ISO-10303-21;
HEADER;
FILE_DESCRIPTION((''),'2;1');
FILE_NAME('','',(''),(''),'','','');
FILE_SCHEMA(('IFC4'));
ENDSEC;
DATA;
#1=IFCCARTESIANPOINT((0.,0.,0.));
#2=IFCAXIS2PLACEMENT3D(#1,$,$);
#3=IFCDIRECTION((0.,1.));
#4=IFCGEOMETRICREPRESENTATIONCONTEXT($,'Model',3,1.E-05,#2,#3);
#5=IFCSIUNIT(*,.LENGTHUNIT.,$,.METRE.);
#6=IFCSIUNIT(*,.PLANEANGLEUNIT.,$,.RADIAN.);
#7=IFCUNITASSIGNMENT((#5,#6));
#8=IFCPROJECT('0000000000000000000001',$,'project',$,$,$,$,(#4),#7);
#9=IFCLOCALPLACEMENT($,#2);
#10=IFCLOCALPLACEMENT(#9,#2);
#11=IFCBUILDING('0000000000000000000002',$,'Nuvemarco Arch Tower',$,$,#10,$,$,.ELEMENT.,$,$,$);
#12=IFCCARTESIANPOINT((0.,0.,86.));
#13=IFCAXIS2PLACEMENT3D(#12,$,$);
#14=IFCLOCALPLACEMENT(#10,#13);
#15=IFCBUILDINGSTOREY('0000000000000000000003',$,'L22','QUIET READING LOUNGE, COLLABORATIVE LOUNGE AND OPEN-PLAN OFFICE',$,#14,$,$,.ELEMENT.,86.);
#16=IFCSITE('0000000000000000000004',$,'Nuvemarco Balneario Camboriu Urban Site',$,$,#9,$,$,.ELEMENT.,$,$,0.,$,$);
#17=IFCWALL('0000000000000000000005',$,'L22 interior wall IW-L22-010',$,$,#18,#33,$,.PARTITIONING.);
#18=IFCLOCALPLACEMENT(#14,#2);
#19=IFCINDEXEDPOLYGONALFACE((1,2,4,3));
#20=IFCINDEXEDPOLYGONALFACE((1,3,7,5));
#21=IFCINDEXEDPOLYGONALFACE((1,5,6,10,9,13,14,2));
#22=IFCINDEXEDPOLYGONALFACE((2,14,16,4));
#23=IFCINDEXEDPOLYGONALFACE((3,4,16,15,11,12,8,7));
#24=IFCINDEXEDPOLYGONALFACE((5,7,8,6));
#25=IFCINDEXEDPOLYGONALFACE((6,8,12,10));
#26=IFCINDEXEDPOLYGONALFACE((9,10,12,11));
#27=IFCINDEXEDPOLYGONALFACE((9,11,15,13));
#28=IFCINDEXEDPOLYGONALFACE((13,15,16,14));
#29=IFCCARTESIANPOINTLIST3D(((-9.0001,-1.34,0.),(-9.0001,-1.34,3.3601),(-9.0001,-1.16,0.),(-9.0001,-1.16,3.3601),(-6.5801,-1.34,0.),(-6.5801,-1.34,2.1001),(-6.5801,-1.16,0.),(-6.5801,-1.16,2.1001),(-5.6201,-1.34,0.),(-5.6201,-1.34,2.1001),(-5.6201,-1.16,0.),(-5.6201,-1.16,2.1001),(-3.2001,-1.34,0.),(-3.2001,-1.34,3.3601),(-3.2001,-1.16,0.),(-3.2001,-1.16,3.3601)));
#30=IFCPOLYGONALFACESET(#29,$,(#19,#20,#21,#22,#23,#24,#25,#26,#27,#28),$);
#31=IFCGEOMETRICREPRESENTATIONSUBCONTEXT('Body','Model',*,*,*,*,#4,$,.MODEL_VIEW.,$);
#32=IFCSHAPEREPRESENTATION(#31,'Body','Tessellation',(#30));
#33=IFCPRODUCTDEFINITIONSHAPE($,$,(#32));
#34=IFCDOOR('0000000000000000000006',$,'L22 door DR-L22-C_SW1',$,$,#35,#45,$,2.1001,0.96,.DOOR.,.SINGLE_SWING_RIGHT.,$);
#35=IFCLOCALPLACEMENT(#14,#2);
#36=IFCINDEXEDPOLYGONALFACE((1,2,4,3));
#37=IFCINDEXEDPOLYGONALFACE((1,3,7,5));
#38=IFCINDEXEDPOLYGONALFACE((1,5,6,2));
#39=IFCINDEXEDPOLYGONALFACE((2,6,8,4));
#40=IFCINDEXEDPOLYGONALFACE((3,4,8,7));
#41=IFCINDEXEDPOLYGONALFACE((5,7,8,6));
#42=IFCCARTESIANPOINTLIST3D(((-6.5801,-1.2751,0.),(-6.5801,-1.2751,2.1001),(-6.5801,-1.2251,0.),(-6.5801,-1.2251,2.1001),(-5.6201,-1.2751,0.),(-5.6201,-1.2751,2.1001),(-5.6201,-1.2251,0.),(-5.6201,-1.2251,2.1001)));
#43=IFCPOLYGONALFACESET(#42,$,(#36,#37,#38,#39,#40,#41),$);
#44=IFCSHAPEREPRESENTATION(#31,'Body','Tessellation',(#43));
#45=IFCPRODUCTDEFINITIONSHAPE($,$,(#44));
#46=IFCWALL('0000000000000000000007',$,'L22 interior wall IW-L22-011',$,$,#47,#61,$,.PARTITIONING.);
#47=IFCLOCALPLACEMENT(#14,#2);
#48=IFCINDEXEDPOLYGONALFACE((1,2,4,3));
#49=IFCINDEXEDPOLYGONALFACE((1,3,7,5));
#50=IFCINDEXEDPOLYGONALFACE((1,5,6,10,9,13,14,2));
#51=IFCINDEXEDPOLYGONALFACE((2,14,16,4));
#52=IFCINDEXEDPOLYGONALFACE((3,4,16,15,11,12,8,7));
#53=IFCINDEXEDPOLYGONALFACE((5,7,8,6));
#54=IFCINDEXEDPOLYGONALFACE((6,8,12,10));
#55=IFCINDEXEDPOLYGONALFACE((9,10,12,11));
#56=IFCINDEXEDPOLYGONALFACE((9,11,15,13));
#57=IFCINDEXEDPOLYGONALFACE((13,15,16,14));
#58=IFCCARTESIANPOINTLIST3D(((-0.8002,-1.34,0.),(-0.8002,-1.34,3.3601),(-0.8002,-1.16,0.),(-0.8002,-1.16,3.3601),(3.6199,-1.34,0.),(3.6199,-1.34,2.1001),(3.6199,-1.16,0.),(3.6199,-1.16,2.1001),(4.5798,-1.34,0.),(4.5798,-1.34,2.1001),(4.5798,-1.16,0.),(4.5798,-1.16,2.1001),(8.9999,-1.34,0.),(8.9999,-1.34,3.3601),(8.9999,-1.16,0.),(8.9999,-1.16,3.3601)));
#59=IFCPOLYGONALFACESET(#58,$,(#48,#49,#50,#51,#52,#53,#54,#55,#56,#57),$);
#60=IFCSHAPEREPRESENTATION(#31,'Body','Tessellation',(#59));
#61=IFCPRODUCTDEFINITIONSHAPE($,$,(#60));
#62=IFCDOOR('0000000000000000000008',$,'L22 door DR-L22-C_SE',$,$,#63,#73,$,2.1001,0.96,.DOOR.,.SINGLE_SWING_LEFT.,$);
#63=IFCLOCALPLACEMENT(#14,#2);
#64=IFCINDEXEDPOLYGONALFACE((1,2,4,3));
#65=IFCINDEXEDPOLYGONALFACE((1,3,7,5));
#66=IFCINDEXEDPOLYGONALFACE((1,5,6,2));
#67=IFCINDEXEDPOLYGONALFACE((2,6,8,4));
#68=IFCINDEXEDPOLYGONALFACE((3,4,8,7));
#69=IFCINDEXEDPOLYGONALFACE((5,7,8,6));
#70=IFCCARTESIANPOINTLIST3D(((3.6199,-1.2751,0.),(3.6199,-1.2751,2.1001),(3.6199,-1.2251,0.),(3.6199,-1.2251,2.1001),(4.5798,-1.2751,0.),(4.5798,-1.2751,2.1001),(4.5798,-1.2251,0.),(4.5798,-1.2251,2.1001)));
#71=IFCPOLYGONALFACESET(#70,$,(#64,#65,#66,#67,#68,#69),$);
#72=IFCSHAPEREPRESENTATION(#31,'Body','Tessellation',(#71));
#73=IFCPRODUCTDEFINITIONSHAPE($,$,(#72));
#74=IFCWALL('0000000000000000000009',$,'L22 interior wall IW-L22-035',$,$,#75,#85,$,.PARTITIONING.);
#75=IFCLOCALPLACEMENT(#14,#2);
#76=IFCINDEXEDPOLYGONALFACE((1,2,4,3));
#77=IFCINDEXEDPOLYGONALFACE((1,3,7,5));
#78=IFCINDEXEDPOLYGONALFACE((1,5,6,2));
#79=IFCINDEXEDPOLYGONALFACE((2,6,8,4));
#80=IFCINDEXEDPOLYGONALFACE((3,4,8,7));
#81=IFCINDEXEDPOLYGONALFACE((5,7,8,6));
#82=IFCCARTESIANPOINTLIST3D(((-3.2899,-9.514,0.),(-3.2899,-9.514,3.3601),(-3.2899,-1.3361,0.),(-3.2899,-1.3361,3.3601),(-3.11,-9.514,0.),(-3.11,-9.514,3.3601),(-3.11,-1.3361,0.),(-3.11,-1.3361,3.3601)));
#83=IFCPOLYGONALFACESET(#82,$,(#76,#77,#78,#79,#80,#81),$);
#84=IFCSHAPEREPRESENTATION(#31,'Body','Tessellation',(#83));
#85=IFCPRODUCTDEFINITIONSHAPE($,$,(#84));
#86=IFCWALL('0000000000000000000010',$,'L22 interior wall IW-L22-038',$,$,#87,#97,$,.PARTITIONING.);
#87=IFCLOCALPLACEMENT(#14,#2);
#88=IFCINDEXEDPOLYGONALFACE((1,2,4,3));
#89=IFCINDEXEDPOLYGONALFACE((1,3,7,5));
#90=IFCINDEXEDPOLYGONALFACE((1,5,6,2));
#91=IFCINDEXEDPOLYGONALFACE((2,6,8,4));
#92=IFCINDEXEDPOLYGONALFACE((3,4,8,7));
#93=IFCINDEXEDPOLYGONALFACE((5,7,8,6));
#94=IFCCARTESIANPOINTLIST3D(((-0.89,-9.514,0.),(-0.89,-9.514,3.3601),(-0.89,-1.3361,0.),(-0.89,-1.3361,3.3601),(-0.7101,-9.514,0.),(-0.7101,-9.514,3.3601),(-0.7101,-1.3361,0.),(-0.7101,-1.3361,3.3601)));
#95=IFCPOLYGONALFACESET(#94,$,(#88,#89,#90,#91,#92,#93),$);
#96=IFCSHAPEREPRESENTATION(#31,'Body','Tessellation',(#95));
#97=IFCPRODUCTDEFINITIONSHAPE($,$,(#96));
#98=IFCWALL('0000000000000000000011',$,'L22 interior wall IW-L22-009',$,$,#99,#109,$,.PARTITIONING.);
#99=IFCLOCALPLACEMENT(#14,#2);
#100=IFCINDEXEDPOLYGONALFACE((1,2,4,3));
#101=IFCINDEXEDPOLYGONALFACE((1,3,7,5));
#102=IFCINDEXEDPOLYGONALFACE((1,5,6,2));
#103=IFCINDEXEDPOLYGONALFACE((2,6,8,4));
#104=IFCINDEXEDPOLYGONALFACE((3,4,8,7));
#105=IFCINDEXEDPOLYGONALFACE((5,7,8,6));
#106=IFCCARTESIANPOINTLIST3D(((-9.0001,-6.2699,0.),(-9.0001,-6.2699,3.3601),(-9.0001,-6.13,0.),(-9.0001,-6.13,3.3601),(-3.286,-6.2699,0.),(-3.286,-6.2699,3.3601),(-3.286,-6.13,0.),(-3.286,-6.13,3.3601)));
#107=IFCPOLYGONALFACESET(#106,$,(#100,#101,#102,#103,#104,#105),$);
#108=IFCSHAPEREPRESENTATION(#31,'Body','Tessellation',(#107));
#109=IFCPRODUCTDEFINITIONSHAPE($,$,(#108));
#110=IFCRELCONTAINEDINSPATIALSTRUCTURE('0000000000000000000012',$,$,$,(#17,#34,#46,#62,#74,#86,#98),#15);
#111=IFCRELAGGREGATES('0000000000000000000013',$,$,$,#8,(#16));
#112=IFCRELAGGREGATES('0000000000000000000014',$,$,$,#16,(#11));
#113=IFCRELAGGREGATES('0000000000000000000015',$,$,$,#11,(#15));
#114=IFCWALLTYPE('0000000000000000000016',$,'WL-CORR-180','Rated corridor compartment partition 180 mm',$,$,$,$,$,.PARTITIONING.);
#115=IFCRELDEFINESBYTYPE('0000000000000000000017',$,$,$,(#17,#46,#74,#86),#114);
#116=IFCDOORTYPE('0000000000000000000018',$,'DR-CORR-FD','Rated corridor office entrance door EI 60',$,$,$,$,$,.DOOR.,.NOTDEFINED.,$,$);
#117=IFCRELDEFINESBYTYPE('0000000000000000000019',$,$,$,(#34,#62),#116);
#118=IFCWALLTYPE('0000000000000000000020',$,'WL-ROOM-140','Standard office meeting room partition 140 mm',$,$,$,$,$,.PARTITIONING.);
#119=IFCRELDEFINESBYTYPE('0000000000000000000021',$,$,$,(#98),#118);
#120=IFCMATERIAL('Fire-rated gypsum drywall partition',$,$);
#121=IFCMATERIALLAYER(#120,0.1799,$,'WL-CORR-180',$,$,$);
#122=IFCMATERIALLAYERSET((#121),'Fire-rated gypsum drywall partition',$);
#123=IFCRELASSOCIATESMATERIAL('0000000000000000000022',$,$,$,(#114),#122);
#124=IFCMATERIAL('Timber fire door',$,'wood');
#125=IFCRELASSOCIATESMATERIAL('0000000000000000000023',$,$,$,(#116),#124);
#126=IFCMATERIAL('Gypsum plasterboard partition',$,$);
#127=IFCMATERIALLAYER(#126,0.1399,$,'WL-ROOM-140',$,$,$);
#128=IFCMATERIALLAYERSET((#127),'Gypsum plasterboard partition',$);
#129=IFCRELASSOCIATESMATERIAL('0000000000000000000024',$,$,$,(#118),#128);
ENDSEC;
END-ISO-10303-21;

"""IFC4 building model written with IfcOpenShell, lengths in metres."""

from ifc_helpers import new_model, si_unit, direction, frame, frame_2d, origin, place, context, subcontext, project, spatial, rectangle, extrude, source, transform, mapped, material, layer, layer_set, type_object, type_shapes, element, fill, save


model = new_model("IFC4")

# Units and contexts
model_context = context("Model", 3, precision=1e-05, world=origin(), true_north=direction((0.0, 1.0)))
body_context = subcontext(model_context, "Body", "Model", "MODEL_VIEW")
ifc_project = project(units=[si_unit("LENGTHUNIT", "METRE"), si_unit("PLANEANGLEUNIT", "RADIAN")], contexts=[model_context])

# Site, building, storey
site_placement = place(None, origin())
site = spatial("IfcSite", under=ifc_project, at=site_placement, Name="Nuvemarco Balneario Camboriu Urban Site", CompositionType="ELEMENT", RefElevation=0.0)
building_placement = place(site_placement, origin())
building = spatial("IfcBuilding", under=site, at=building_placement, Name="Nuvemarco Arch Tower", CompositionType="ELEMENT")
storey_placement = place(building_placement, frame((0.0, 0.0, 86.0)))
storey = spatial("IfcBuildingStorey", under=building, at=storey_placement, Name="L22", Description="QUIET READING LOUNGE, COLLABORATIVE LOUNGE AND OPEN-PLAN OFFICE", CompositionType="ELEMENT", Elevation=86.0)

# Shared definitions
ifc_material_1 = material(Name="Fire-rated gypsum drywall partition")
ifc_layer_1 = layer(ifc_material_1, 0.1799, Name="WL-CORR-180")
ifc_layer_set_1 = layer_set([ifc_layer_1], Name="Fire-rated gypsum drywall partition")
wall_type_1 = type_object("IfcWallType", Name="WL-CORR-180", Description="Rated corridor compartment partition 180 mm", PredefinedType="PARTITIONING", material=ifc_layer_set_1)

# Walls, openings, doors
wall_1_placement = place(storey_placement, frame((-9.0, -1.25, 0.0), z_axis=(0.0, 0.0, 1.0), x_axis=(1.0, 0.0, 0.0)))
wall_1 = element("IfcWall", 1, at=wall_1_placement, inside=storey, type_object=wall_type_1, Name="L22 interior wall IW-L22-010", PredefinedType="PARTITIONING", context=body_context, shape_type="SweptSolid", body=[
    extrude(rectangle(XDim=5.8, YDim=0.1799, at=frame_2d((2.8999, 0.0))), origin(), (0.0, 0.0, 1.0), 3.3601),
])
opening_1_placement = place(wall_1_placement, frame((2.4199, 0.0, 0.0)))
opening_1 = element("IfcOpeningElement", 2, at=opening_1_placement, cuts=wall_1, PredefinedType="OPENING", context=body_context, shape_type="SweptSolid", body=[
    extrude(rectangle(XDim=0.96, YDim=2.1001, at=frame_2d((0.48, 1.05))), frame((0.0, 0.0999, 0.0), z_axis=(0.0, -1.0, 0.0), x_axis=(1.0, 0.0, 0.0)), (0.0, 0.0, 1.0), 0.2),
])
ifc_material_2 = material(Name="Timber fire door", Category="wood")
door_type_1 = type_object("IfcDoorType", Name="DR-CORR-FD", Description="Rated corridor office entrance door EI 60", OperationType="NOTDEFINED", PredefinedType="DOOR", material=ifc_material_2)
shared_shape_1 = source(origin(), body_context, "Body", "SweptSolid", [
    extrude(rectangle(XDim=0.96, YDim=2.1001, at=frame_2d((0.48, 1.05))), frame((0.0, 0.0249, 0.0), z_axis=(0.0, -1.0, 0.0), x_axis=(1.0, 0.0, 0.0)), (0.0, 0.0, 1.0), 0.05),
])
type_shapes(door_type_1, [shared_shape_1])
door_1_placement = place(opening_1_placement, origin())
door_1 = element("IfcDoor", 3, at=door_1_placement, inside=storey, type_object=door_type_1, Name="L22 door DR-L22-C_SW1", OperationType="SINGLE_SWING_RIGHT", OverallHeight=2.1001, OverallWidth=0.96, PredefinedType="DOOR", context=body_context, shape_type="MappedRepresentation", body=[
    mapped(shared_shape_1, transform((0.0, 0.0, 0.0), scale=1.0)),
])
fill(opening_1, door_1)
wall_2_placement = place(storey_placement, frame((-0.8, -1.25, 0.0), z_axis=(0.0, 0.0, 1.0), x_axis=(1.0, 0.0, 0.0)))
wall_2 = element("IfcWall", 4, at=wall_2_placement, inside=storey, type_object=wall_type_1, Name="L22 interior wall IW-L22-011", PredefinedType="PARTITIONING", context=body_context, shape_type="SweptSolid", body=[
    extrude(rectangle(XDim=9.8, YDim=0.1799, at=frame_2d((4.8999, 0.0))), origin(), (0.0, 0.0, 1.0), 3.3601),
])
opening_2_placement = place(wall_2_placement, frame((4.4199, 0.0, 0.0)))
opening_2 = element("IfcOpeningElement", 5, at=opening_2_placement, cuts=wall_2, PredefinedType="OPENING", context=body_context, shape_type="SweptSolid", body=[
    extrude(rectangle(XDim=0.96, YDim=2.1001, at=frame_2d((0.48, 1.05))), frame((0.0, 0.0999, 0.0), z_axis=(0.0, -1.0, 0.0), x_axis=(1.0, 0.0, 0.0)), (0.0, 0.0, 1.0), 0.2),
])
door_2_placement = place(opening_2_placement, origin())
door_2 = element("IfcDoor", 6, at=door_2_placement, inside=storey, type_object=door_type_1, Name="L22 door DR-L22-C_SE", OperationType="SINGLE_SWING_LEFT", OverallHeight=2.1001, OverallWidth=0.96, PredefinedType="DOOR", context=body_context, shape_type="MappedRepresentation", body=[
    mapped(shared_shape_1, transform((0.0, 0.0, 0.0), scale=1.0)),
])
fill(opening_2, door_2)

# Walls
for number, where, z_axis, x_axis, name in (
    (7, (-3.2, -9.5139, 0.0), (0.0, 0.0, 1.0), (0.0, 1.0, 0.0), "L22 interior wall IW-L22-035"),
    (8, (-0.8, -9.5139, 0.0), (0.0, 0.0, 1.0), (0.0, 1.0, 0.0), "L22 interior wall IW-L22-038"),
):
    element("IfcWall", number, at=place(storey_placement, frame(where, z_axis=z_axis, x_axis=x_axis)), inside=storey, type_object=wall_type_1, Name=name, PredefinedType="PARTITIONING", context=body_context, shape_type="SweptSolid", body=[
        extrude(rectangle(XDim=8.178, YDim=0.1799, at=frame_2d((4.0889, 0.0))), origin(), (0.0, 0.0, 1.0), 3.3601),
    ])
ifc_material_3 = material(Name="Gypsum plasterboard partition")
ifc_layer_2 = layer(ifc_material_3, 0.1399, Name="WL-ROOM-140")
ifc_layer_set_2 = layer_set([ifc_layer_2], Name="Gypsum plasterboard partition")
wall_type_2 = type_object("IfcWallType", Name="WL-ROOM-140", Description="Standard office meeting room partition 140 mm", PredefinedType="PARTITIONING", material=ifc_layer_set_2)
wall_3_placement = place(storey_placement, frame((-9.0, -6.2, 0.0), z_axis=(0.0, 0.0, 1.0), x_axis=(1.0, 0.0, 0.0)))
element("IfcWall", 9, at=wall_3_placement, inside=storey, type_object=wall_type_2, Name="L22 interior wall IW-L22-009", PredefinedType="PARTITIONING", context=body_context, shape_type="SweptSolid", body=[
    extrude(rectangle(XDim=5.7141, YDim=0.1399, at=frame_2d((2.8569, 0.0))), origin(), (0.0, 0.0, 1.0), 3.3601),
])

save(model, "model.ifc")
